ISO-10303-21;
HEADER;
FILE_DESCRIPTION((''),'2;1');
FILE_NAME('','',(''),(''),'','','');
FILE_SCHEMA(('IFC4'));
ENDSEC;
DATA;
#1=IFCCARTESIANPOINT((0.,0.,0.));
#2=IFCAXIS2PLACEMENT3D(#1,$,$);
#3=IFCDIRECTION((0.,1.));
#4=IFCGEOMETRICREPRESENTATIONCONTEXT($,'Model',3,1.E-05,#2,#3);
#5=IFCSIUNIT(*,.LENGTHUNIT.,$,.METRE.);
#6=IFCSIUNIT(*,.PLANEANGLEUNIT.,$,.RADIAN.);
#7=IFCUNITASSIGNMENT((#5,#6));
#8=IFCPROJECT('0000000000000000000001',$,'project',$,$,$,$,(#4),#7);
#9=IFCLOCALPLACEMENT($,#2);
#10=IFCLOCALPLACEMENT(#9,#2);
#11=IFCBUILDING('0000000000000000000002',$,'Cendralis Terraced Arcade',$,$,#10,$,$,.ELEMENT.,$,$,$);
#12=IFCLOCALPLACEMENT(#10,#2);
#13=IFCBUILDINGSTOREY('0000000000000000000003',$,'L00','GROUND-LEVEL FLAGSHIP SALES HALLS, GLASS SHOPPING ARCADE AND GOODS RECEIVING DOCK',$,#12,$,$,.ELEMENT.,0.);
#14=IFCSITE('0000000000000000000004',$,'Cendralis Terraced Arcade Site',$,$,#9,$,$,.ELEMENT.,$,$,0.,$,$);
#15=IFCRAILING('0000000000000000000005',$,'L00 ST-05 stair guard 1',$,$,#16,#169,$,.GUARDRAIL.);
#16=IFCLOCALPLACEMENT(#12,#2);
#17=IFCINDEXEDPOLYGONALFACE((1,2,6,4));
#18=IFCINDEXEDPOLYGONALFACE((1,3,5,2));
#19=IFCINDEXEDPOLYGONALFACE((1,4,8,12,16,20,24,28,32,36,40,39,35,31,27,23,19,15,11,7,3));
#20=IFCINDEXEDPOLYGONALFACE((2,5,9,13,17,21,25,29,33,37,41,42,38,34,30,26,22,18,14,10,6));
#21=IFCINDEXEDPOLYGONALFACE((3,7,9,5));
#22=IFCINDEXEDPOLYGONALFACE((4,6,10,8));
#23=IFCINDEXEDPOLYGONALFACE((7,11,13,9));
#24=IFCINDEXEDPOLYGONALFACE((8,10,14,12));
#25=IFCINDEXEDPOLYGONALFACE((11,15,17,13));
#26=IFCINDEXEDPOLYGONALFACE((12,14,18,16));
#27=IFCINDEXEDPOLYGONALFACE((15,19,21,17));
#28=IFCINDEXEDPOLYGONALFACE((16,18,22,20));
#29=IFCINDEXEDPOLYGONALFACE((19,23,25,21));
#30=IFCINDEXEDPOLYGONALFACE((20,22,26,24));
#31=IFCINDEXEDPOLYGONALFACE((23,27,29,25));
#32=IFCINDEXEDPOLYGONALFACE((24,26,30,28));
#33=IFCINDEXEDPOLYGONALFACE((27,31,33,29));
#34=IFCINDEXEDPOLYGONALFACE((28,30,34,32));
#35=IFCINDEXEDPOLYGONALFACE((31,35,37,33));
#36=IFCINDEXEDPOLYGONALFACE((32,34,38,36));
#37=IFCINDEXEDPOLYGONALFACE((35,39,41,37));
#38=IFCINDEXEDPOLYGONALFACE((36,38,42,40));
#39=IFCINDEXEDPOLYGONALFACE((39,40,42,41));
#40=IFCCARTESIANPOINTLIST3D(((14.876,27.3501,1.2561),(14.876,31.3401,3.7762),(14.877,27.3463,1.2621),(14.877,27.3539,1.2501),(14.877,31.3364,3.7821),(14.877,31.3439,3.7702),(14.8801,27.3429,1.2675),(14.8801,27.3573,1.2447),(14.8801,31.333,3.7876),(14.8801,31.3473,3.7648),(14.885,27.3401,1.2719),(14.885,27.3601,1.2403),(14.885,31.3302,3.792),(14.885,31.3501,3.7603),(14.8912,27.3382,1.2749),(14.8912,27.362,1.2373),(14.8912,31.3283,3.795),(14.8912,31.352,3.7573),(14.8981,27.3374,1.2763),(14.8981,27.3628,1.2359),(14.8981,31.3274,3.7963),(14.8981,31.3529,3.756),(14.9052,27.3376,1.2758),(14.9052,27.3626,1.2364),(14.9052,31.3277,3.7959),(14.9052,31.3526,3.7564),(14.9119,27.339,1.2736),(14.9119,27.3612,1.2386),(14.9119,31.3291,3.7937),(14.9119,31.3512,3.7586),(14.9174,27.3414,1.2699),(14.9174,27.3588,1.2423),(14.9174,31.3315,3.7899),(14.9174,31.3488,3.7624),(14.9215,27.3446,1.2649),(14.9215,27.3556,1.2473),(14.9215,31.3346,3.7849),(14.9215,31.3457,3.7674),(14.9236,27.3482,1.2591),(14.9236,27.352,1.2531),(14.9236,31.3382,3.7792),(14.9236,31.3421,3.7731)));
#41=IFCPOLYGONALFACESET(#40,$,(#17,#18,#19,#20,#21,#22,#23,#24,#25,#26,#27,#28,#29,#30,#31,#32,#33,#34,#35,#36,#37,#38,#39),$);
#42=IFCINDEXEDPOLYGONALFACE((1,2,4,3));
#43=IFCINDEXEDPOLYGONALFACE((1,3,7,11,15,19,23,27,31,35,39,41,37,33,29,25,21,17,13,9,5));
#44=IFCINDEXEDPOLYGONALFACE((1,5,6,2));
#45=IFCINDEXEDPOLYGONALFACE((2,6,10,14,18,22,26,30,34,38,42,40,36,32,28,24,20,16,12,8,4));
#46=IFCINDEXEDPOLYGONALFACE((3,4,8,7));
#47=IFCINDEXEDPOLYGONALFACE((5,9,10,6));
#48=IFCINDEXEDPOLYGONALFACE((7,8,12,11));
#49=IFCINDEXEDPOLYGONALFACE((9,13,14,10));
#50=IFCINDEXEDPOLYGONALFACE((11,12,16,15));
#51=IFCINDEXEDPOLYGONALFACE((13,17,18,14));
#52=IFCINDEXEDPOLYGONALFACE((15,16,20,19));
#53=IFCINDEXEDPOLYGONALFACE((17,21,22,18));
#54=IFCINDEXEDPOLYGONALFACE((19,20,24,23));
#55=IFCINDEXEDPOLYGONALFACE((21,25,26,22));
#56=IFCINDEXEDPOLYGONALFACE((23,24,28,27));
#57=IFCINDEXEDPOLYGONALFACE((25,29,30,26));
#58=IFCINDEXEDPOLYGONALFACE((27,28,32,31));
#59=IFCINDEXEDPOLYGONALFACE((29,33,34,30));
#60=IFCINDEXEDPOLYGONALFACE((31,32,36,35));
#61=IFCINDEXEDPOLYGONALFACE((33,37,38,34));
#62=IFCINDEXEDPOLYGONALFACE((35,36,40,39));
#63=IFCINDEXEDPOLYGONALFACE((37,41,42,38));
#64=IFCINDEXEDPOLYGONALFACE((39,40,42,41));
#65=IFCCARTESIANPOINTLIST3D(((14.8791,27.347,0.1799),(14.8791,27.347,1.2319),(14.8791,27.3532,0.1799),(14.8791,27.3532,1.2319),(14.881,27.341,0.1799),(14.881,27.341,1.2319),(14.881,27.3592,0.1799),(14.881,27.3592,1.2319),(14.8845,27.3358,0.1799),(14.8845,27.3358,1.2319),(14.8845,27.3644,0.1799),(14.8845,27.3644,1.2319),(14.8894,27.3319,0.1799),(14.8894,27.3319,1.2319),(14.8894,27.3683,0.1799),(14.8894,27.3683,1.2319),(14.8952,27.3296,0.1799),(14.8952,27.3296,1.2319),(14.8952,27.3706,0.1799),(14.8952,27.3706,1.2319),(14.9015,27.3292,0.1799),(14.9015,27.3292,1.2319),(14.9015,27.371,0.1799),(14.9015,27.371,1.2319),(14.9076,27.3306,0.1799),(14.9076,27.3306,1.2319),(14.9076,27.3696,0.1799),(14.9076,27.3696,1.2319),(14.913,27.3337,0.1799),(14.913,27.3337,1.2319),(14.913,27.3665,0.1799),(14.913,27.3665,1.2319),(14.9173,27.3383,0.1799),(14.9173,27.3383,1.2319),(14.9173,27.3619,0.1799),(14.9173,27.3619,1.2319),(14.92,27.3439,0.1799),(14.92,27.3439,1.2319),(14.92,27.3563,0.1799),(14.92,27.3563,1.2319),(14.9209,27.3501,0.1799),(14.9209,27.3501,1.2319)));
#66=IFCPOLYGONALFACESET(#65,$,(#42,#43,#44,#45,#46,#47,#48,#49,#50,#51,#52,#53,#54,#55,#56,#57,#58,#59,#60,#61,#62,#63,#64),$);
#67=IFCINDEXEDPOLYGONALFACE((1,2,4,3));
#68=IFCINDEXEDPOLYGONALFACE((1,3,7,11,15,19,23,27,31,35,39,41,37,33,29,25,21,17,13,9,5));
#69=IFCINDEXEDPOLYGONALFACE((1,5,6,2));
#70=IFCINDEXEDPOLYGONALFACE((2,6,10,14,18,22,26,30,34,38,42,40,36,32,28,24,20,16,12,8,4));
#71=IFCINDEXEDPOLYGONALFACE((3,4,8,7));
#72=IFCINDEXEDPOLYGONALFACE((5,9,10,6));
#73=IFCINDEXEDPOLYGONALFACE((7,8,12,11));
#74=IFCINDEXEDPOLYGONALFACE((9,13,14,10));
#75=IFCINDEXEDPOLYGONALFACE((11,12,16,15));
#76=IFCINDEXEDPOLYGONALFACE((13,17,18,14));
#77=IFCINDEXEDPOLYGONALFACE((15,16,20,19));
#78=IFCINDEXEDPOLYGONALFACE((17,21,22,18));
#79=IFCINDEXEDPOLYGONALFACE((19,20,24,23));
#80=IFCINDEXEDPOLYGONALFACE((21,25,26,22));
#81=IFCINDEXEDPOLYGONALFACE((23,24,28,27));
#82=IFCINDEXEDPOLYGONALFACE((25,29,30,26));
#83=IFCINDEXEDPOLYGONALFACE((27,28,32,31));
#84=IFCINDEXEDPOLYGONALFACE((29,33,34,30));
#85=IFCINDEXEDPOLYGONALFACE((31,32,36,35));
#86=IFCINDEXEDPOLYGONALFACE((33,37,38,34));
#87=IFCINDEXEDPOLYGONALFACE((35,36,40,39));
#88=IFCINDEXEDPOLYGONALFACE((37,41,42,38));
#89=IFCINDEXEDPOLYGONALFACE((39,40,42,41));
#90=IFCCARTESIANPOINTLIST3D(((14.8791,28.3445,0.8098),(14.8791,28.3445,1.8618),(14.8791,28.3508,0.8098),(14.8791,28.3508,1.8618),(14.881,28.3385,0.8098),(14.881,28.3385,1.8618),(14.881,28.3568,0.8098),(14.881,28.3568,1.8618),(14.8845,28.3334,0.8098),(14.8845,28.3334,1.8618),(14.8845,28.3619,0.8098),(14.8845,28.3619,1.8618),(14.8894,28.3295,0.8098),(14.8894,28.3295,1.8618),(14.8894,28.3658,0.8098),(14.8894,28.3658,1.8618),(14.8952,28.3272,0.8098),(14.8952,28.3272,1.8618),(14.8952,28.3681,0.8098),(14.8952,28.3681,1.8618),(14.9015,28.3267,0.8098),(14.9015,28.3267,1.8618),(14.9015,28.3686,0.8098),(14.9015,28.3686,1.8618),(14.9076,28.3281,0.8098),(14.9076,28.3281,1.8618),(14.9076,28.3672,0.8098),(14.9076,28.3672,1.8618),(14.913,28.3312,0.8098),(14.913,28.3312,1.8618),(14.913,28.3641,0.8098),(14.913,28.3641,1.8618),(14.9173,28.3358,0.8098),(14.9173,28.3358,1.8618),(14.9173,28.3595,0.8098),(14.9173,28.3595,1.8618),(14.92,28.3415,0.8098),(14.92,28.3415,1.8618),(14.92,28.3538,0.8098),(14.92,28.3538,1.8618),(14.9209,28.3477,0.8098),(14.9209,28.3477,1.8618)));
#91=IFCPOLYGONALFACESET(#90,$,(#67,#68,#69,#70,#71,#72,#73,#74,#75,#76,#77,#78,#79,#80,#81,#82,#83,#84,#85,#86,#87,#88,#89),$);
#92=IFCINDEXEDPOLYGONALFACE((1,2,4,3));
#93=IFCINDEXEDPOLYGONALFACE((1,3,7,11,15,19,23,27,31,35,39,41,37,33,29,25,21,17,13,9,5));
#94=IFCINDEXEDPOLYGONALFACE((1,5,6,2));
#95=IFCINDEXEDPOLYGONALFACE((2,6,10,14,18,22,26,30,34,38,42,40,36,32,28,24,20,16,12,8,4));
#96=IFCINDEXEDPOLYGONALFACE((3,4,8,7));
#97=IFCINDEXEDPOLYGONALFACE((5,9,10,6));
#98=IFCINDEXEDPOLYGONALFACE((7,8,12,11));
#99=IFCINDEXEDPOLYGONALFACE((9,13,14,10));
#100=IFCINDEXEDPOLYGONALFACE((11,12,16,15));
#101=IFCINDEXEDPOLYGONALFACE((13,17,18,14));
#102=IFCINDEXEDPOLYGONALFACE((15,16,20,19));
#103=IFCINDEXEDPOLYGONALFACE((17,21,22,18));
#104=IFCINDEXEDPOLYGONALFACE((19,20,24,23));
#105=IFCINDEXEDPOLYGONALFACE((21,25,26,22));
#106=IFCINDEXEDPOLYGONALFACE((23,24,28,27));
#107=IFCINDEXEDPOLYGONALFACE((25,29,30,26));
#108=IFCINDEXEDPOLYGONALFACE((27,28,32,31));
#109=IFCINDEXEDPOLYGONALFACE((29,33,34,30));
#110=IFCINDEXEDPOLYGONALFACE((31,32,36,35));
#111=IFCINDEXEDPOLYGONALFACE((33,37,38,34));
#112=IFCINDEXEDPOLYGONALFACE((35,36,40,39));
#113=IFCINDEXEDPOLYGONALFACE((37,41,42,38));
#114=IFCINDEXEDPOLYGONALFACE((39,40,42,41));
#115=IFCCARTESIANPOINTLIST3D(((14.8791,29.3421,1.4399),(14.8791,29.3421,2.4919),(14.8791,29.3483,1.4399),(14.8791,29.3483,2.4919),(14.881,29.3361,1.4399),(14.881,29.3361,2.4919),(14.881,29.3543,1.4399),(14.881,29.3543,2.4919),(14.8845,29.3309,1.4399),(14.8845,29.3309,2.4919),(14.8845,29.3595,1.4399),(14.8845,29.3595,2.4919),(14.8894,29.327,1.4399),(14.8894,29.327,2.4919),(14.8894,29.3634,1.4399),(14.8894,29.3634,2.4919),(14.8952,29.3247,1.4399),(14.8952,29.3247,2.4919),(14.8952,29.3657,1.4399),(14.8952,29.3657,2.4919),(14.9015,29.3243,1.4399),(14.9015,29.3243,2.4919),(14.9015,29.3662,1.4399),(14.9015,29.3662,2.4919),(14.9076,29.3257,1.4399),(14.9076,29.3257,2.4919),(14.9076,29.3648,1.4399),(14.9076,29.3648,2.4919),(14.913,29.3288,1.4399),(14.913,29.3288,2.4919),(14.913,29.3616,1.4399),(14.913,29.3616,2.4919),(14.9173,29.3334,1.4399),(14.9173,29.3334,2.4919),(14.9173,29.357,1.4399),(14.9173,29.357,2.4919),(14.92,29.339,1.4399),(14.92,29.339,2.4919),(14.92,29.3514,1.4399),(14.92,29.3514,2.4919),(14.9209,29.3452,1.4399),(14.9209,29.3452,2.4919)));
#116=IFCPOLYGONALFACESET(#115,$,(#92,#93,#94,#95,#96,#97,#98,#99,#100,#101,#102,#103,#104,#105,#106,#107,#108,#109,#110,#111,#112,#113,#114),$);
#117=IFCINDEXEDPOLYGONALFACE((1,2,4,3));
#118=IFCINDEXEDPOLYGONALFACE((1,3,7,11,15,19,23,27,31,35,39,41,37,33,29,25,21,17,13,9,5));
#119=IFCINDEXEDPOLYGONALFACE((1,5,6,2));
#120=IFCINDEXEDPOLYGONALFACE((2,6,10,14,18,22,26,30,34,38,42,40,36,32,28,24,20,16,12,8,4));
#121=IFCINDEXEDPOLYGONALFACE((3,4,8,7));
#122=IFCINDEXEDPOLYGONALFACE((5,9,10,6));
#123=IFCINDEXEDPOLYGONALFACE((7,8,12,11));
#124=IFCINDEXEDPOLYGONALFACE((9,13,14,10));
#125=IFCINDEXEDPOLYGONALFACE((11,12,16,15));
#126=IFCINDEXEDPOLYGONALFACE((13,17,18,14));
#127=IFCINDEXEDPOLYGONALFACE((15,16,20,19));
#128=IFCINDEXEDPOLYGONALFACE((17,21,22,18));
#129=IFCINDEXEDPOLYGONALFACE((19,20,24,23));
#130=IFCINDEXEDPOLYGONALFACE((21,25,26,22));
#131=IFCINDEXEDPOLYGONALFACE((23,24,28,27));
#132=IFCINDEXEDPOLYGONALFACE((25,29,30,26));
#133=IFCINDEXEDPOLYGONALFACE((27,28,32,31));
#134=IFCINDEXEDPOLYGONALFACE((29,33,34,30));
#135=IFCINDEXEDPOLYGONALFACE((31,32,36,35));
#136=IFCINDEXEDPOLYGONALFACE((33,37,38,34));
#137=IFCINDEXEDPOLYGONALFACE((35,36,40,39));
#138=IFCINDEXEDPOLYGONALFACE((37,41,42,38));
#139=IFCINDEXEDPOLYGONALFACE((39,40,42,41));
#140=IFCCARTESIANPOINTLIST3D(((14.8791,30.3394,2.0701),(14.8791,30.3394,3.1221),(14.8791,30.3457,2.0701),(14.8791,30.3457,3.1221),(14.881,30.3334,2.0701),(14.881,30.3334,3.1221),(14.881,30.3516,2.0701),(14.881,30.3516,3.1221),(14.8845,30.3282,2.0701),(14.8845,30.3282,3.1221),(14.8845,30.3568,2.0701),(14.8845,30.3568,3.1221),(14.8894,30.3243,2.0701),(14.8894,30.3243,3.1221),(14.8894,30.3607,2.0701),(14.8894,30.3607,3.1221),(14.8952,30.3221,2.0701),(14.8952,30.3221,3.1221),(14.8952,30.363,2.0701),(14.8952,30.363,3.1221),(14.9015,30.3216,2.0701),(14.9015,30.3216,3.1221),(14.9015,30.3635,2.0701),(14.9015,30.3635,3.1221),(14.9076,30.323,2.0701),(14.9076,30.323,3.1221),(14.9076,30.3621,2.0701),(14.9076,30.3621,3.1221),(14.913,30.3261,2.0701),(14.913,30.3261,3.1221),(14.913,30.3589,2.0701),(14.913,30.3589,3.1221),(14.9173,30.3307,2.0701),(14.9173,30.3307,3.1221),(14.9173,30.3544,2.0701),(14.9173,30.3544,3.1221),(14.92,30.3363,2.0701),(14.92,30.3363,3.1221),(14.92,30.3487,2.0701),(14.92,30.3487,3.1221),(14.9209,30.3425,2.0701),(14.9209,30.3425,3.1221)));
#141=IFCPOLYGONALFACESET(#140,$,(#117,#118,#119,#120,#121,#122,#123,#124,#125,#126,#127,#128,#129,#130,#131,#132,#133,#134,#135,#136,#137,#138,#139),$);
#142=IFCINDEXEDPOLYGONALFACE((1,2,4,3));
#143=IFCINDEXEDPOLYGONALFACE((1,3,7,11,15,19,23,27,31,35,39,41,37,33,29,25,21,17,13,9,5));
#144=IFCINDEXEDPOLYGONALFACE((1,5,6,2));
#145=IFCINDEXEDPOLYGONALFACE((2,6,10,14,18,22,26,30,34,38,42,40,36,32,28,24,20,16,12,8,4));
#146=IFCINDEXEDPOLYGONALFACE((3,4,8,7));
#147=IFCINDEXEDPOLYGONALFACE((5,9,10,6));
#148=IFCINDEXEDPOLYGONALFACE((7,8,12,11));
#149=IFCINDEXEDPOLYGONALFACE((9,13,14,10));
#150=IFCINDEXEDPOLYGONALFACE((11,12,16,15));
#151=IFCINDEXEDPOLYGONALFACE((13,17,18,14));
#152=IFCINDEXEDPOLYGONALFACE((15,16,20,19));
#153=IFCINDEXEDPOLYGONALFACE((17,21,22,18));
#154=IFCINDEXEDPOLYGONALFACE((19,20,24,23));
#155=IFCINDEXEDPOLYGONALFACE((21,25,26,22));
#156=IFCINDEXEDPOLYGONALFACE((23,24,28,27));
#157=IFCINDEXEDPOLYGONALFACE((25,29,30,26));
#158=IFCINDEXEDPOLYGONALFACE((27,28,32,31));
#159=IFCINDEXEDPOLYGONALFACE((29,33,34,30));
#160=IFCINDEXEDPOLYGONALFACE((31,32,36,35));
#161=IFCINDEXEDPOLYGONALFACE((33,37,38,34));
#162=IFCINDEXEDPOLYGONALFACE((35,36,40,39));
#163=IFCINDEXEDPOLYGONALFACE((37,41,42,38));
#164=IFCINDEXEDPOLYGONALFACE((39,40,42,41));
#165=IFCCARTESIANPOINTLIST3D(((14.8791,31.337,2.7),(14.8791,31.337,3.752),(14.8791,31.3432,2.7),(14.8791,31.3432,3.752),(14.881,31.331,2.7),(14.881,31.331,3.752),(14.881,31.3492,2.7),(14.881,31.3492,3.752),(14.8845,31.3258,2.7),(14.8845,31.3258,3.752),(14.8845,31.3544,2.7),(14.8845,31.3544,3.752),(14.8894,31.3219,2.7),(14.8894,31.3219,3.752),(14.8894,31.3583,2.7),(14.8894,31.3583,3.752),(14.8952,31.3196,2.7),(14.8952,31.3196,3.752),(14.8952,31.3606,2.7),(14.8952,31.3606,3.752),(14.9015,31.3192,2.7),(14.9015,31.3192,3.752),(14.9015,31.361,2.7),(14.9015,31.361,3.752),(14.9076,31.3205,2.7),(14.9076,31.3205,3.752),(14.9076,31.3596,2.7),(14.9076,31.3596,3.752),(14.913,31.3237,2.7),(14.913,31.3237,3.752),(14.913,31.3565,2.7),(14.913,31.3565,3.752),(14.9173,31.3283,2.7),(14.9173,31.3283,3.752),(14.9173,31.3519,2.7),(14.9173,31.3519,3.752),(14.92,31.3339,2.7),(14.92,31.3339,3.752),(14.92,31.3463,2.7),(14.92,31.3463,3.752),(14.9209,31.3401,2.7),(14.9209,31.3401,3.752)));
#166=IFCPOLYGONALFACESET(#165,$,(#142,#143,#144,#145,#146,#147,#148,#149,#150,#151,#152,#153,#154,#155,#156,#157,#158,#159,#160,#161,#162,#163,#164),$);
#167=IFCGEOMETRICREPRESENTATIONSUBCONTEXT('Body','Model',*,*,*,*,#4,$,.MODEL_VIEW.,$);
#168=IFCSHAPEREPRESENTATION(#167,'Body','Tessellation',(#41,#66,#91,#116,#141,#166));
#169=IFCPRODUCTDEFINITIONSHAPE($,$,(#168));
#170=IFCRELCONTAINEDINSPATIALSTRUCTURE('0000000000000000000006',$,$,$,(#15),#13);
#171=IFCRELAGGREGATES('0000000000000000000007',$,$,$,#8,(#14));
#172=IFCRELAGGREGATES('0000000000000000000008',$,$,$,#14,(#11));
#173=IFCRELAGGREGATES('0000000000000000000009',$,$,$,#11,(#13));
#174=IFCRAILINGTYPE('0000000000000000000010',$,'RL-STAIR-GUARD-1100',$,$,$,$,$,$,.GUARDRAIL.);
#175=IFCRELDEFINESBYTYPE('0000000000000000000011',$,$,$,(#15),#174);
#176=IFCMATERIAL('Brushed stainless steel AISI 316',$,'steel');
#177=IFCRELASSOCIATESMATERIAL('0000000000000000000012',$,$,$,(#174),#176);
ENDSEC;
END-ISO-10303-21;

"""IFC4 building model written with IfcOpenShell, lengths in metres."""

from ifc_helpers import new_model, si_unit, direction, frame, origin, origin_2d, place, context, subcontext, project, spatial, circle, extrude, material, type_object, element, save


model = new_model("IFC4")

# Units and contexts
model_context = context("Model", 3, precision=1e-05, world=origin(), true_north=direction((0.0, 1.0)))
body_context = subcontext(model_context, "Body", "Model", "MODEL_VIEW")
ifc_project = project(units=[si_unit("LENGTHUNIT", "METRE"), si_unit("PLANEANGLEUNIT", "RADIAN")], contexts=[model_context])

# Site, building, storey
site_placement = place(None, origin())
site = spatial("IfcSite", under=ifc_project, at=site_placement, Name="Cendralis Terraced Arcade Site", CompositionType="ELEMENT", RefElevation=0.0)
building_placement = place(site_placement, origin())
building = spatial("IfcBuilding", under=site, at=building_placement, Name="Cendralis Terraced Arcade", CompositionType="ELEMENT")
storey_placement = place(building_placement, origin())
storey = spatial("IfcBuildingStorey", under=building, at=storey_placement, Name="L00", Description="GROUND-LEVEL FLAGSHIP SALES HALLS, GLASS SHOPPING ARCADE AND GOODS RECEIVING DOCK", CompositionType="ELEMENT", Elevation=0.0)

# Railing
ifc_material_1 = material(Name="Brushed stainless steel AISI 316", Category="steel")
railing_type_1 = type_object("IfcRailingType", Name="RL-STAIR-GUARD-1100", PredefinedType="GUARDRAIL", material=ifc_material_1)
railing_1_placement = place(storey_placement, frame((14.8999, 27.3501, 0.1799)))
element("IfcRailing", 1, at=railing_1_placement, inside=storey, type_object=railing_type_1, Name="L00 ST-05 stair guard 1", PredefinedType="GUARDRAIL", context=body_context, shape_type="SweptSolid", body=[
    extrude(circle(Radius=0.0239, at=origin_2d()), frame((0.0, 0.0, 1.0762), z_axis=(0.0, 0.845486, 0.533997), x_axis=(-1.0, 0.0, 0.0)), (0.0, 0.0, 1.0), 4.7192),
    extrude(circle(Radius=0.021, at=origin_2d()), origin(), (0.0, 0.0, 1.0), 1.052),
    extrude(circle(Radius=0.021, at=origin_2d()), frame((0.0, 0.9976, 0.6299)), (0.0, 0.0, 1.0), 1.052),
    extrude(circle(Radius=0.021, at=origin_2d()), frame((0.0, 1.9951, 1.26)), (0.0, 0.0, 1.0), 1.052),
    extrude(circle(Radius=0.021, at=origin_2d()), frame((0.0, 2.9924, 1.8901)), (0.0, 0.0, 1.0), 1.052),
    extrude(circle(Radius=0.021, at=origin_2d()), frame((0.0, 3.99, 2.52)), (0.0, 0.0, 1.0), 1.052),
])

save(model, "model.ifc")
